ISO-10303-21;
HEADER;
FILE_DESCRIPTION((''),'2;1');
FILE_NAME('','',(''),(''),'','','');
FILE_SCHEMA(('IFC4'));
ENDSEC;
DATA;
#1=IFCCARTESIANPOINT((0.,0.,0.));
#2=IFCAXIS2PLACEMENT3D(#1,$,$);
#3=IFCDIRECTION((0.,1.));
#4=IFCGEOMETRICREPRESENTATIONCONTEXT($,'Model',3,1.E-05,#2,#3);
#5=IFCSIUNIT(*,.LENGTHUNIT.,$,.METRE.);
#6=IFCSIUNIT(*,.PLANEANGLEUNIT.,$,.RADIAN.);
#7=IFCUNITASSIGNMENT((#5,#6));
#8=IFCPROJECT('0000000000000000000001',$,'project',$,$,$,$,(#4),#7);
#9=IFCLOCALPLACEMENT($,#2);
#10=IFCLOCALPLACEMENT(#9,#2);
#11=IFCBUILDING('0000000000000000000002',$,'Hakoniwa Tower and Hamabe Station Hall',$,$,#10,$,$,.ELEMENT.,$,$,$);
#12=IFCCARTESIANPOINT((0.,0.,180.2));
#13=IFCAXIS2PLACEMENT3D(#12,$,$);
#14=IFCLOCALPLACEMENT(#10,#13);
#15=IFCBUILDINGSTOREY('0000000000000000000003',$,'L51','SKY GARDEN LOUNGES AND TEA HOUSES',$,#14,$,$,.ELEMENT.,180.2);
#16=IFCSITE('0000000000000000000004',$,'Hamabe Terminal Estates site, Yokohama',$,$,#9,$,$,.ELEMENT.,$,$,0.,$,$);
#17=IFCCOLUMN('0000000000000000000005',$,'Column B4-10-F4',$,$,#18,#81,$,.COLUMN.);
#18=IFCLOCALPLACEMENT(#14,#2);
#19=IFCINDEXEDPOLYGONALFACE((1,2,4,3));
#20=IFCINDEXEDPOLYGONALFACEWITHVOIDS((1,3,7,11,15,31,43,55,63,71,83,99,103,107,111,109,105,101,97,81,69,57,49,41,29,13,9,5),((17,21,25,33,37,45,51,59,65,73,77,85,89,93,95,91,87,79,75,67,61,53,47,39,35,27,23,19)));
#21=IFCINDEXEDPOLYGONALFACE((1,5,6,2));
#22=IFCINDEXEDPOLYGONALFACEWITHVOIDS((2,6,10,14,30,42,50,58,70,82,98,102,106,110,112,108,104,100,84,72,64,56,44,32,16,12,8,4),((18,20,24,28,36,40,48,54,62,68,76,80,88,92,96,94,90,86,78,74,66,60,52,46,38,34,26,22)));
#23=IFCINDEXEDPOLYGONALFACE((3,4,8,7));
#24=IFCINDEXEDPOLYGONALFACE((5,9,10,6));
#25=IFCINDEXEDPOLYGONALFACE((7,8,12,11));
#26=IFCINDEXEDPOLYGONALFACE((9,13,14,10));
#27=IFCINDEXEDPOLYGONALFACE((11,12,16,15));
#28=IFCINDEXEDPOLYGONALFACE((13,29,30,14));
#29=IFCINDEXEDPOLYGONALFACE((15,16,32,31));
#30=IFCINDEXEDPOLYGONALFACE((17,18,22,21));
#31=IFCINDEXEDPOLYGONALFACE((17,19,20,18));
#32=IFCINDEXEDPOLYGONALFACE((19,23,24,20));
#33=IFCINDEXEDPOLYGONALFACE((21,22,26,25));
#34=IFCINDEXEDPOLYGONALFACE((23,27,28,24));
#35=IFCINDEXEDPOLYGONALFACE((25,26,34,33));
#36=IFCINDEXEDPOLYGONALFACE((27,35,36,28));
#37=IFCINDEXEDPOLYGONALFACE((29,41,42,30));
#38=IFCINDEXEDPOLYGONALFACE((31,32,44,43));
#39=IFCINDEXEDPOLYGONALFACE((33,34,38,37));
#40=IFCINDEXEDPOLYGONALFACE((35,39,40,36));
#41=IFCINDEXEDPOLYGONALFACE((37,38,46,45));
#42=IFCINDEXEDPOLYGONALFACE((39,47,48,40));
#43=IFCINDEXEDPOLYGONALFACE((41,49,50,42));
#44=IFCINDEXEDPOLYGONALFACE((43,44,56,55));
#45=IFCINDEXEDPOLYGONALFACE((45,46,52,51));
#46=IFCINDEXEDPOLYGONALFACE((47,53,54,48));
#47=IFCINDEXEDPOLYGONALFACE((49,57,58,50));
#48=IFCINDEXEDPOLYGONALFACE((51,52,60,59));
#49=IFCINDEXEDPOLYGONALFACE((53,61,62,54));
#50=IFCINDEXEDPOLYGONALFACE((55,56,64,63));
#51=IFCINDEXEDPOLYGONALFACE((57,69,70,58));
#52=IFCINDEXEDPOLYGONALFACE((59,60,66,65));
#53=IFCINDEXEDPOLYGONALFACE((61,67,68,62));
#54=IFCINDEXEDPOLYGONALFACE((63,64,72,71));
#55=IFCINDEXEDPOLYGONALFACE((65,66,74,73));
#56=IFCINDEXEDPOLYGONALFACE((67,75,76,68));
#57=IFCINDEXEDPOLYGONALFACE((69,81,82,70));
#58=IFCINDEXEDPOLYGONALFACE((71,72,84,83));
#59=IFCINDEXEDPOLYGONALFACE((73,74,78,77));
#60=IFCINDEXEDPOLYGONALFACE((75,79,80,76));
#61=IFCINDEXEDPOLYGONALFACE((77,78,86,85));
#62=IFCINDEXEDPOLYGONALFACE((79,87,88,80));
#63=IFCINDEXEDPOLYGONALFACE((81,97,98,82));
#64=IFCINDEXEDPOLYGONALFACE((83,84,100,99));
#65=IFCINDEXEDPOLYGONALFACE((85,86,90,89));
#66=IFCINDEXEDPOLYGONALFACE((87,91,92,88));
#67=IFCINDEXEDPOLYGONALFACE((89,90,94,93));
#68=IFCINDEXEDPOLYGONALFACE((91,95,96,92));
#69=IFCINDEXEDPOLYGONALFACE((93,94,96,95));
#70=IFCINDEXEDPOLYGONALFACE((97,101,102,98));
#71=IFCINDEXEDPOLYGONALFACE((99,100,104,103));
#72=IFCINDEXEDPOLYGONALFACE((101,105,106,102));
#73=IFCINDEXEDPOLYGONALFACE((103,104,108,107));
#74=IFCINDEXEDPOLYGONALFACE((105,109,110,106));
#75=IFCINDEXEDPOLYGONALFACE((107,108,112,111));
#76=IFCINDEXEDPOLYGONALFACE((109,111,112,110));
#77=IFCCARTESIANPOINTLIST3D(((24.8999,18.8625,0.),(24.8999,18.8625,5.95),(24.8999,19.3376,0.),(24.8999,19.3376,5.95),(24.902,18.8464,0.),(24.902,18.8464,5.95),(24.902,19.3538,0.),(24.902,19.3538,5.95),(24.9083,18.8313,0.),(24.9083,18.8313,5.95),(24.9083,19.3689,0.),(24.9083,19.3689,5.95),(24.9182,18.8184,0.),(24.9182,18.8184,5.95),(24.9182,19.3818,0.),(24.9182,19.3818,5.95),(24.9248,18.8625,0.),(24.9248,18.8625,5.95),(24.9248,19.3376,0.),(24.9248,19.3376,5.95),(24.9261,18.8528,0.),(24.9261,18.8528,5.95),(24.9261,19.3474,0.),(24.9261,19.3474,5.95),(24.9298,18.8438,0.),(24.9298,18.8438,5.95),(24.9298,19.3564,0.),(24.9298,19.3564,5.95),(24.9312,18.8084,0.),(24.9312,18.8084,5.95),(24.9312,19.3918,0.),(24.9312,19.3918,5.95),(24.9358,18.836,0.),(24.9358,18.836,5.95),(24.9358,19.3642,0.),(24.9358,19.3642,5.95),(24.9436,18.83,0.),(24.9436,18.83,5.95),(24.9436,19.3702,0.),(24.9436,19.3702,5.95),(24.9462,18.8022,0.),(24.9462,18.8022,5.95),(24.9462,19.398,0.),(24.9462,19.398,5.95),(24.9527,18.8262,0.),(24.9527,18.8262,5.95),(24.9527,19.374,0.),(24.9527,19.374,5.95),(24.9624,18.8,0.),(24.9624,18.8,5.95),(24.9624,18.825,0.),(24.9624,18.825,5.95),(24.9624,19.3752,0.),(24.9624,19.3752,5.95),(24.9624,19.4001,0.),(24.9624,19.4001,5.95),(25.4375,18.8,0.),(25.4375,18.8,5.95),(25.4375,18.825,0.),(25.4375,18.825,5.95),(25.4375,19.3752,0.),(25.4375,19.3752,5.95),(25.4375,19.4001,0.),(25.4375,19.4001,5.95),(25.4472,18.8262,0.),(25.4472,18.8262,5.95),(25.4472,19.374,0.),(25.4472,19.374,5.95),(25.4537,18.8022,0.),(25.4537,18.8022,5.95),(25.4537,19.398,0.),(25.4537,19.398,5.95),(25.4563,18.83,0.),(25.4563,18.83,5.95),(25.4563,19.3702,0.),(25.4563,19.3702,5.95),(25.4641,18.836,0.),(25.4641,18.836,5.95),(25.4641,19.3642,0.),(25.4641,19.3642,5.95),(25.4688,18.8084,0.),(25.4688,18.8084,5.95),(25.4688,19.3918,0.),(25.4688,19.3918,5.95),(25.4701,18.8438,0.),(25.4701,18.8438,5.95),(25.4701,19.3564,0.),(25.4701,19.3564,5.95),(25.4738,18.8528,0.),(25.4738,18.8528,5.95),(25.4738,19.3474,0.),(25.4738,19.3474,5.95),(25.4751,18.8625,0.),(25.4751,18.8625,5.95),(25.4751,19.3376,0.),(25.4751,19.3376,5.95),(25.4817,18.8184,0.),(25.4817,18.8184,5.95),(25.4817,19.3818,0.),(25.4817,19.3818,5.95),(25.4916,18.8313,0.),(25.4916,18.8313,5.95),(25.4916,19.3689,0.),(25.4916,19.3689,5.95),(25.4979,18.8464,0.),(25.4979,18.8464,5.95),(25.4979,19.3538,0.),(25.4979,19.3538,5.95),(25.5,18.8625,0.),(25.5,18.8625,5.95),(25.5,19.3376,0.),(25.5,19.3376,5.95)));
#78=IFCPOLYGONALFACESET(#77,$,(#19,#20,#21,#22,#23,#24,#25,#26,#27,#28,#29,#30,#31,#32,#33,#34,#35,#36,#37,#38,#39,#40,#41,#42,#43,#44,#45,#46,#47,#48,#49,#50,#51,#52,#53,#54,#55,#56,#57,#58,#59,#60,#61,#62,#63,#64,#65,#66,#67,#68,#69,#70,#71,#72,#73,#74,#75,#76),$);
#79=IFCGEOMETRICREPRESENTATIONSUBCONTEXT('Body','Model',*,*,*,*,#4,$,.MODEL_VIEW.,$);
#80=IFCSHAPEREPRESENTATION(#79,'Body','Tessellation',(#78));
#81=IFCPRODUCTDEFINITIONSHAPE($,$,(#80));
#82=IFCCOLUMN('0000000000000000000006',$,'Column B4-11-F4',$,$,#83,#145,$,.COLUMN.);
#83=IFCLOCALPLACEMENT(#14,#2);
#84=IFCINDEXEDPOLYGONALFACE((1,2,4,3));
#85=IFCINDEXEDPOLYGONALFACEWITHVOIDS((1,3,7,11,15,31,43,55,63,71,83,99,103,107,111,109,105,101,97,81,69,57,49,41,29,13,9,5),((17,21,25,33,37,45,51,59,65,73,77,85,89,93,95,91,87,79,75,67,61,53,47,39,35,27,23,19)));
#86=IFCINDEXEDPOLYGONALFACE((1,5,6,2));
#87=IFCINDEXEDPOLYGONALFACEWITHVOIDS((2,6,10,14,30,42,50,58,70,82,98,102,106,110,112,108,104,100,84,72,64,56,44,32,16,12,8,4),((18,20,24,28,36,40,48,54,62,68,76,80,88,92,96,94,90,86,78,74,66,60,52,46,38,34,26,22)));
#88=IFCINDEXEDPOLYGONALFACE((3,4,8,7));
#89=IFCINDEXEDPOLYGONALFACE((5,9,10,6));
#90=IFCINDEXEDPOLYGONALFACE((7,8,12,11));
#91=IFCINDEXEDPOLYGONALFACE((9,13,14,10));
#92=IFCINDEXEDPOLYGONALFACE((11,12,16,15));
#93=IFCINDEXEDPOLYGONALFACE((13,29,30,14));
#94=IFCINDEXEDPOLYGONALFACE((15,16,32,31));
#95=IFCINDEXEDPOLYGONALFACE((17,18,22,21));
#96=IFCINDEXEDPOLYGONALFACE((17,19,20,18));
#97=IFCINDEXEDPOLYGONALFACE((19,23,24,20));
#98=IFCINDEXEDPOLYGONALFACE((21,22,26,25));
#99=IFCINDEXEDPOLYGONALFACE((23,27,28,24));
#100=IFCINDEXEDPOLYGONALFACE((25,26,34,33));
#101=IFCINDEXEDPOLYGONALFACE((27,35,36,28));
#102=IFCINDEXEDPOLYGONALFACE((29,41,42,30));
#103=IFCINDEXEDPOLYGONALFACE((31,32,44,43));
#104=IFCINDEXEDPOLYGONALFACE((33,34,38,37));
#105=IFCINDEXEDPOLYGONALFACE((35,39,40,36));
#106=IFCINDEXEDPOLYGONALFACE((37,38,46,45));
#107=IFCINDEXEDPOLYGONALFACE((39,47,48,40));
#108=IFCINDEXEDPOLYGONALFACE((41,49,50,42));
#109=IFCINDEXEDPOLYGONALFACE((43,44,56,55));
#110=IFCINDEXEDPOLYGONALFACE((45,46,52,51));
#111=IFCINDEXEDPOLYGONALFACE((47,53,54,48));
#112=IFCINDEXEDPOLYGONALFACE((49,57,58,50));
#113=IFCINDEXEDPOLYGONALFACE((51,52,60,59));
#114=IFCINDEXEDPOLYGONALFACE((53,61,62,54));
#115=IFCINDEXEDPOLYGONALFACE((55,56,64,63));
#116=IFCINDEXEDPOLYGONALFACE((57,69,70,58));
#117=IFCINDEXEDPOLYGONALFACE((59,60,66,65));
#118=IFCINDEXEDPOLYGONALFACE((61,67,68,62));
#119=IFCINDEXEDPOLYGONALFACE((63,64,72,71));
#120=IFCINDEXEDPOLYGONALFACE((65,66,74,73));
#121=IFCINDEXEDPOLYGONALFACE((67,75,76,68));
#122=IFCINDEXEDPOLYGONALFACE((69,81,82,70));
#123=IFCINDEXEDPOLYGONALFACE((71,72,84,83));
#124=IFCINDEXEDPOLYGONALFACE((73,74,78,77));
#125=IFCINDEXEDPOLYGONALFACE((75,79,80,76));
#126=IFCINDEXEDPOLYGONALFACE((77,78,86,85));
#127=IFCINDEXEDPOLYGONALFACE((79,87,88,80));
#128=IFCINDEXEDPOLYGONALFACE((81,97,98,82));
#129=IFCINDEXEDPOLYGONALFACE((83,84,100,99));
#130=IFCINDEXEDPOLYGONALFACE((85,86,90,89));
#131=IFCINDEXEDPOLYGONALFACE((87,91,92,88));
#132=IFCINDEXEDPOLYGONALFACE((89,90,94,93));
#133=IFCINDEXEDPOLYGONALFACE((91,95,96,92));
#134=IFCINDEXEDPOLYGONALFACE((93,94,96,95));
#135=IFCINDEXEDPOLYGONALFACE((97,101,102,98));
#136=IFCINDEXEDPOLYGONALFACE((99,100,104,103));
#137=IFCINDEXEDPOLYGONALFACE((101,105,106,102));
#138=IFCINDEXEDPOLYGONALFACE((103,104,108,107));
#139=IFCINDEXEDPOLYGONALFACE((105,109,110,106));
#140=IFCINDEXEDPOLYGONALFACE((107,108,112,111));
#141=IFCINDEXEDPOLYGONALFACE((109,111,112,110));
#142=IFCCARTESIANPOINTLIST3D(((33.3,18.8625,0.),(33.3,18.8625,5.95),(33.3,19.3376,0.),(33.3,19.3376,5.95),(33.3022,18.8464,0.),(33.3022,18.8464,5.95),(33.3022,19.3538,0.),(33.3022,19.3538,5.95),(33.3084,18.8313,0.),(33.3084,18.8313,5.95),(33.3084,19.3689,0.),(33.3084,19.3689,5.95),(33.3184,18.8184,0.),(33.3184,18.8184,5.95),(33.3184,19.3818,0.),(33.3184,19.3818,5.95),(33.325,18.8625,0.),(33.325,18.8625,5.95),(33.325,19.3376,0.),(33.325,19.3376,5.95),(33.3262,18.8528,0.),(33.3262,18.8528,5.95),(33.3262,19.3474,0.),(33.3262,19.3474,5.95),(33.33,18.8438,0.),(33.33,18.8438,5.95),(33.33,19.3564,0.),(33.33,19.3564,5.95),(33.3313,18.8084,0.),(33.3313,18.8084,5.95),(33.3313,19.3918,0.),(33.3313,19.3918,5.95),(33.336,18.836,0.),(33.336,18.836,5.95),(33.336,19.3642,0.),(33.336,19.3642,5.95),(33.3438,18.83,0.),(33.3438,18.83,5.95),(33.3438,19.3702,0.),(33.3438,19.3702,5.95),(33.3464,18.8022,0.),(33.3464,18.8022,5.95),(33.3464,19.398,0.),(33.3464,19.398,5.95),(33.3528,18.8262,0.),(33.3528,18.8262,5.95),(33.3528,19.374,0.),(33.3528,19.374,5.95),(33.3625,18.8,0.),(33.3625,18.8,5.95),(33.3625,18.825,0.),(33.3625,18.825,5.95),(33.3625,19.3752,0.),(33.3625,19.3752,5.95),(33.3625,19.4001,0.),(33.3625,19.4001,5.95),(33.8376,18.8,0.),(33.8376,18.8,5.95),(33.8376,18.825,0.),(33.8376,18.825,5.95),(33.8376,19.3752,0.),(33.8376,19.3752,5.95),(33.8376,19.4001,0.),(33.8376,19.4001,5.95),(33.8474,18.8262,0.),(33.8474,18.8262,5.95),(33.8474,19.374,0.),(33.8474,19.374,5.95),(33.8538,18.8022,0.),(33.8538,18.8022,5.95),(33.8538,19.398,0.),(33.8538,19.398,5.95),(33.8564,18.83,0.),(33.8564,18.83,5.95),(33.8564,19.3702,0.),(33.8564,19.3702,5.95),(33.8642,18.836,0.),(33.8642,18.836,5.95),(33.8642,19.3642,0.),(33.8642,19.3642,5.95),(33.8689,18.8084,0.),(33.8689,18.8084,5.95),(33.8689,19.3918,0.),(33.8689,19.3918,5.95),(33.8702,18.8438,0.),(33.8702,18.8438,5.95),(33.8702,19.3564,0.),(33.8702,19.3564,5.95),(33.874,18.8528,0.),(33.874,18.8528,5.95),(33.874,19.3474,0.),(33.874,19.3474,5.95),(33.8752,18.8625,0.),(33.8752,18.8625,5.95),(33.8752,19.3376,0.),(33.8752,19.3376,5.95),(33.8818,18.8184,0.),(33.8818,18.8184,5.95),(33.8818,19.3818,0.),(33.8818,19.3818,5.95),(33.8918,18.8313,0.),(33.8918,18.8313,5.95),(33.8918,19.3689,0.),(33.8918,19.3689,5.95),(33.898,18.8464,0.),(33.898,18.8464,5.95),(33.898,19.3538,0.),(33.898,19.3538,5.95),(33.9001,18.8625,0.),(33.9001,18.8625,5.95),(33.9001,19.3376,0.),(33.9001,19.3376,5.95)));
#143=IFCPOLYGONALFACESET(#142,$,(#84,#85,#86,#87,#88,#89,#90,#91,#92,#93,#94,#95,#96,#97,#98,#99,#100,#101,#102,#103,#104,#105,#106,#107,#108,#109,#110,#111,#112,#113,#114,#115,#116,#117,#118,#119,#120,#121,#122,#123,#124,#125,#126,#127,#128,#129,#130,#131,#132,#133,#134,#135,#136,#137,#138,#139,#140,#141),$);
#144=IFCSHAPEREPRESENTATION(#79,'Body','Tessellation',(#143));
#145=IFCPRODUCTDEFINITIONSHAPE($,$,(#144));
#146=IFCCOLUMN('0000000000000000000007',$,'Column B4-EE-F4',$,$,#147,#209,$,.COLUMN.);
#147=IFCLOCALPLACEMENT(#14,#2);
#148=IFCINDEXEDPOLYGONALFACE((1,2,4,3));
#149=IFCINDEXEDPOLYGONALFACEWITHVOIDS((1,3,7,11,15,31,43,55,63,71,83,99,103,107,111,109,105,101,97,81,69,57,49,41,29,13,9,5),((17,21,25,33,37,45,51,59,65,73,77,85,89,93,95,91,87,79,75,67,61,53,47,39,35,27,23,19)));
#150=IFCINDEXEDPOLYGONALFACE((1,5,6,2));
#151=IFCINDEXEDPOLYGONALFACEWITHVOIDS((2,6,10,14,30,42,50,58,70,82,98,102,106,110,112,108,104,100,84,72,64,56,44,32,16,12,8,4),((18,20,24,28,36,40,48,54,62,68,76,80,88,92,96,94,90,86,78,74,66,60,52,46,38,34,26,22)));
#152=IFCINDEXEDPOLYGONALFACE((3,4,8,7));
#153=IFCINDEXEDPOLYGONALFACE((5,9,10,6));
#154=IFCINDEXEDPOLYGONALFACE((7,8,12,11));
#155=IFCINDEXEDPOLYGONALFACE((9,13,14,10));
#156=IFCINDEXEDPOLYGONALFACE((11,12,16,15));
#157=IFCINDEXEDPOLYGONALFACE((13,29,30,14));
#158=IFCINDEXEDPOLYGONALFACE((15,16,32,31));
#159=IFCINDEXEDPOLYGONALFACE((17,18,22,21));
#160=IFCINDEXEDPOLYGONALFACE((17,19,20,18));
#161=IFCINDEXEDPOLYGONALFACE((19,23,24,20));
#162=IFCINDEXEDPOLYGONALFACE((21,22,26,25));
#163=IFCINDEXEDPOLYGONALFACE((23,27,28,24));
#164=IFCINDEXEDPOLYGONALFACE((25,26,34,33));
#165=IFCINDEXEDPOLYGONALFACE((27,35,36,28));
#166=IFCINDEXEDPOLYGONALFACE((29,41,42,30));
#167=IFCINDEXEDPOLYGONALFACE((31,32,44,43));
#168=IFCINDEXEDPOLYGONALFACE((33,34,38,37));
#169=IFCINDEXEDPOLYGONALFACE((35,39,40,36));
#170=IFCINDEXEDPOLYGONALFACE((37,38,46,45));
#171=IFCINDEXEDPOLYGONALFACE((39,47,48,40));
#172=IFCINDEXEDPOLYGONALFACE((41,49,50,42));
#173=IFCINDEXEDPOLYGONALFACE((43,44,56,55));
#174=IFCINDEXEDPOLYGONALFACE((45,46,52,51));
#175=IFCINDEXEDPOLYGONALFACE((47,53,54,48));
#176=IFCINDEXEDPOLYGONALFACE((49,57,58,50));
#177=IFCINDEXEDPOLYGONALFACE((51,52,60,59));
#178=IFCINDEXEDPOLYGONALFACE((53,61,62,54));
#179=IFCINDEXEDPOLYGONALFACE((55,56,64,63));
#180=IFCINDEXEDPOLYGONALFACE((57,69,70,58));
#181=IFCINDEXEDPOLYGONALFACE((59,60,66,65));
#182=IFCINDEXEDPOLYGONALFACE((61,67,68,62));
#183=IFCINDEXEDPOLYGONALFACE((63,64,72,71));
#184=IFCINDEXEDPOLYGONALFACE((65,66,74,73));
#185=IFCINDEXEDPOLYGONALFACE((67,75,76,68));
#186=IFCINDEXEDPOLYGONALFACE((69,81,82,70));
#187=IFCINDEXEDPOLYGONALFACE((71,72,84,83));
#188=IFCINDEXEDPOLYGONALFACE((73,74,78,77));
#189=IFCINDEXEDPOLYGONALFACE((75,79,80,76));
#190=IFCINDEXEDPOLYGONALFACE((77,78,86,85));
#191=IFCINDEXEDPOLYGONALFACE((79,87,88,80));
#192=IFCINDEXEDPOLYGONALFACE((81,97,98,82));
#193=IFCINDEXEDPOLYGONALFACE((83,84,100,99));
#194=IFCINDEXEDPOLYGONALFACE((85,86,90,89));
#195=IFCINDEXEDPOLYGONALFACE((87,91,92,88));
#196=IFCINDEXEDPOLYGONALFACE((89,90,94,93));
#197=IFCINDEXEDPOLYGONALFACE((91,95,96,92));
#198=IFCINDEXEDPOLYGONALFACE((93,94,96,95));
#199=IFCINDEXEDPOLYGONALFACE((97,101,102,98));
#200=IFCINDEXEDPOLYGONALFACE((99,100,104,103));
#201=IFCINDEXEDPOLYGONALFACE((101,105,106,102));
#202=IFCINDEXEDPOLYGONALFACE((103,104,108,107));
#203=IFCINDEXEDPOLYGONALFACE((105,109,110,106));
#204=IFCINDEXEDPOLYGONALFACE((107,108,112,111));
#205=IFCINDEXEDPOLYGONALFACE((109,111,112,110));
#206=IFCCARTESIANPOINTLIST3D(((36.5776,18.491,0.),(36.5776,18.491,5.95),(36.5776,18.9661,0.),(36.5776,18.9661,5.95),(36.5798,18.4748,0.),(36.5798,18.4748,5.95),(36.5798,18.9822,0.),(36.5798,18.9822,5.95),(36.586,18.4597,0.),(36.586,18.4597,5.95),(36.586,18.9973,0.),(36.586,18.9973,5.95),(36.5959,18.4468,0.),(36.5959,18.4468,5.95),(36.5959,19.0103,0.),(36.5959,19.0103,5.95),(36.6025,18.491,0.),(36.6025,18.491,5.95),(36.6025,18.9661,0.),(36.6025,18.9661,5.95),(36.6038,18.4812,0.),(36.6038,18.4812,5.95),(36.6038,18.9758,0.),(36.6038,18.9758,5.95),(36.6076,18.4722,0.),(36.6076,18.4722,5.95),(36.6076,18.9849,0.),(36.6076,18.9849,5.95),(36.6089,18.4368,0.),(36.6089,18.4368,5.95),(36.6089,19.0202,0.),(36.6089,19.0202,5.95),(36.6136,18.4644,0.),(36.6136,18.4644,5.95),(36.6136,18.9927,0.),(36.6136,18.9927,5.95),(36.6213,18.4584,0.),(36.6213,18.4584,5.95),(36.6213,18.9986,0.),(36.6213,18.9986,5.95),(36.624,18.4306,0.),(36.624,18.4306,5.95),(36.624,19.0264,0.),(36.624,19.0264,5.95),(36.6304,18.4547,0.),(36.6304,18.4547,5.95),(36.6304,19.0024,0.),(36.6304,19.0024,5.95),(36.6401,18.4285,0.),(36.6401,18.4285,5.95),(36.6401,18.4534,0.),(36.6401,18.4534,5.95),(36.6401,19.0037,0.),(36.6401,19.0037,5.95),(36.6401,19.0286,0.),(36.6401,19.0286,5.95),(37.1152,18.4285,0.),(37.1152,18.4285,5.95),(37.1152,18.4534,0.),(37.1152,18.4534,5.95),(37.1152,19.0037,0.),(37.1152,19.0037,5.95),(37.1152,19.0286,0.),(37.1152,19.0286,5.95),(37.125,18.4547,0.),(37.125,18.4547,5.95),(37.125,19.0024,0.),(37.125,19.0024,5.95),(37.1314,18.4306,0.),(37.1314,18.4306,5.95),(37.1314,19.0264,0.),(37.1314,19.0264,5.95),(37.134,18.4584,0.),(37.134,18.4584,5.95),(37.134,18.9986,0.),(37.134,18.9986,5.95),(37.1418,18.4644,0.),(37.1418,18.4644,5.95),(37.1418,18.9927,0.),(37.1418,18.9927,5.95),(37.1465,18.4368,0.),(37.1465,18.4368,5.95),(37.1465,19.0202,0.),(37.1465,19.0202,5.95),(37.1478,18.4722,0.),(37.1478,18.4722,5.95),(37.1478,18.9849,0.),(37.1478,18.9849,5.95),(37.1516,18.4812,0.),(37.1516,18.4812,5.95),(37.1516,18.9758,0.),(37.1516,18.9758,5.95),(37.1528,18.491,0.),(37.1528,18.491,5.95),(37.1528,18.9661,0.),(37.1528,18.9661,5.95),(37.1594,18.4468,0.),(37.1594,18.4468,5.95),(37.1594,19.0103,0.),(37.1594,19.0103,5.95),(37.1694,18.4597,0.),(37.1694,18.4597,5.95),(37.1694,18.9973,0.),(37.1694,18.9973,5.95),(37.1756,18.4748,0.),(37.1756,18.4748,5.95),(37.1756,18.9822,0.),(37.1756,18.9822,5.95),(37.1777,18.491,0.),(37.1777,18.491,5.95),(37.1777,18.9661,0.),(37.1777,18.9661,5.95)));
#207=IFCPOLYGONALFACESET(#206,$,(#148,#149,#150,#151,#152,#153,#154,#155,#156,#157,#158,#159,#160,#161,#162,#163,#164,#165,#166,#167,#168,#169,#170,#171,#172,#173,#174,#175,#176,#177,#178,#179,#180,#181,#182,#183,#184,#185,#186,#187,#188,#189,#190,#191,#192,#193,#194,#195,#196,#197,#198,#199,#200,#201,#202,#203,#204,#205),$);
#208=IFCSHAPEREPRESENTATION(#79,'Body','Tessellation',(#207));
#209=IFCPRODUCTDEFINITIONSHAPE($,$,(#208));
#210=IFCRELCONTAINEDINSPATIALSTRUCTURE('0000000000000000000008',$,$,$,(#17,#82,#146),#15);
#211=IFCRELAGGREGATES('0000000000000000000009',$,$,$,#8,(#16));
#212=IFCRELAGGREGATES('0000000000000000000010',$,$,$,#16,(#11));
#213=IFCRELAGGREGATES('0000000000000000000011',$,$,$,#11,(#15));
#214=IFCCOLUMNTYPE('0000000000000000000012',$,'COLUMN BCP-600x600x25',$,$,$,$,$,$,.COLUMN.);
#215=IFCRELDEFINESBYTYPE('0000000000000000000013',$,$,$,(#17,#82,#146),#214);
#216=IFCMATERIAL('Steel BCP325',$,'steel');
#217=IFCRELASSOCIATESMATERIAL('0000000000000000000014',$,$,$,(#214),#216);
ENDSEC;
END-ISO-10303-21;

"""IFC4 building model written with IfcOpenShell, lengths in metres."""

from ifc_helpers import new_model, si_unit, direction, frame, origin, origin_2d, place, context, subcontext, project, spatial, hollow_rectangle, extrude, material, material_profile, profile_set, type_object, element, save


model = new_model("IFC4")

# Units and contexts
model_context = context("Model", 3, precision=1e-05, world=origin(), true_north=direction((0.0, 1.0)))
body_context = subcontext(model_context, "Body", "Model", "MODEL_VIEW")
ifc_project = project(units=[si_unit("LENGTHUNIT", "METRE"), si_unit("PLANEANGLEUNIT", "RADIAN")], contexts=[model_context])

# Site, building, storey
site_placement = place(None, origin())
site = spatial("IfcSite", under=ifc_project, at=site_placement, Name="Hamabe Terminal Estates site, Yokohama", CompositionType="ELEMENT", RefElevation=0.0)
building_placement = place(site_placement, origin())
building = spatial("IfcBuilding", under=site, at=building_placement, Name="Hakoniwa Tower and Hamabe Station Hall", CompositionType="ELEMENT")
storey_placement = place(building_placement, frame((0.0, 0.0, 180.2)))
storey = spatial("IfcBuildingStorey", under=building, at=storey_placement, Name="L51", Description="SKY GARDEN LOUNGES AND TEA HOUSES", CompositionType="ELEMENT", Elevation=180.2)

# Columns
ifc_material_1 = material(Name="Steel BCP325", Category="steel")
ifc_material_profile_1 = material_profile(ifc_material_1, hollow_rectangle(XDim=0.6001, YDim=0.6001, WallThickness=0.0249, InnerFilletRadius=0.0376, OuterFilletRadius=0.0625, at=origin_2d()), Name="BCP-600x600x25")
ifc_profile_set_1 = profile_set([ifc_material_profile_1], Name="Steel BCP325")
column_type = type_object("IfcColumnType", Name="COLUMN BCP-600x600x25", PredefinedType="COLUMN", material=ifc_profile_set_1)
for number, where, z_axis, x_axis, name in (
    (1, (25.2, 19.1001, 0.0), (0.0, 0.0, 1.0), (1.0, 0.0, 0.0), "Column B4-10-F4"),
    (2, (33.6001, 19.1001, 0.0), (0.0, 0.0, 1.0), (1.0, 0.0, 0.0), "Column B4-11-F4"),
    (3, (36.8777, 18.7285, 0.0), (0.0, 0.0, 1.0), (1.0, 0.0, 0.0), "Column B4-EE-F4"),
):
    element("IfcColumn", number, at=place(storey_placement, frame(where, z_axis=z_axis, x_axis=x_axis)), inside=storey, type_object=column_type, Name=name, PredefinedType="COLUMN", context=body_context, shape_type="SweptSolid", body=[
        extrude(hollow_rectangle(XDim=0.6001, YDim=0.6001, WallThickness=0.0249, InnerFilletRadius=0.0376, OuterFilletRadius=0.0625, at=origin_2d()), origin(), (0.0, 0.0, 1.0), 5.95),
    ])

save(model, "model.ifc")
